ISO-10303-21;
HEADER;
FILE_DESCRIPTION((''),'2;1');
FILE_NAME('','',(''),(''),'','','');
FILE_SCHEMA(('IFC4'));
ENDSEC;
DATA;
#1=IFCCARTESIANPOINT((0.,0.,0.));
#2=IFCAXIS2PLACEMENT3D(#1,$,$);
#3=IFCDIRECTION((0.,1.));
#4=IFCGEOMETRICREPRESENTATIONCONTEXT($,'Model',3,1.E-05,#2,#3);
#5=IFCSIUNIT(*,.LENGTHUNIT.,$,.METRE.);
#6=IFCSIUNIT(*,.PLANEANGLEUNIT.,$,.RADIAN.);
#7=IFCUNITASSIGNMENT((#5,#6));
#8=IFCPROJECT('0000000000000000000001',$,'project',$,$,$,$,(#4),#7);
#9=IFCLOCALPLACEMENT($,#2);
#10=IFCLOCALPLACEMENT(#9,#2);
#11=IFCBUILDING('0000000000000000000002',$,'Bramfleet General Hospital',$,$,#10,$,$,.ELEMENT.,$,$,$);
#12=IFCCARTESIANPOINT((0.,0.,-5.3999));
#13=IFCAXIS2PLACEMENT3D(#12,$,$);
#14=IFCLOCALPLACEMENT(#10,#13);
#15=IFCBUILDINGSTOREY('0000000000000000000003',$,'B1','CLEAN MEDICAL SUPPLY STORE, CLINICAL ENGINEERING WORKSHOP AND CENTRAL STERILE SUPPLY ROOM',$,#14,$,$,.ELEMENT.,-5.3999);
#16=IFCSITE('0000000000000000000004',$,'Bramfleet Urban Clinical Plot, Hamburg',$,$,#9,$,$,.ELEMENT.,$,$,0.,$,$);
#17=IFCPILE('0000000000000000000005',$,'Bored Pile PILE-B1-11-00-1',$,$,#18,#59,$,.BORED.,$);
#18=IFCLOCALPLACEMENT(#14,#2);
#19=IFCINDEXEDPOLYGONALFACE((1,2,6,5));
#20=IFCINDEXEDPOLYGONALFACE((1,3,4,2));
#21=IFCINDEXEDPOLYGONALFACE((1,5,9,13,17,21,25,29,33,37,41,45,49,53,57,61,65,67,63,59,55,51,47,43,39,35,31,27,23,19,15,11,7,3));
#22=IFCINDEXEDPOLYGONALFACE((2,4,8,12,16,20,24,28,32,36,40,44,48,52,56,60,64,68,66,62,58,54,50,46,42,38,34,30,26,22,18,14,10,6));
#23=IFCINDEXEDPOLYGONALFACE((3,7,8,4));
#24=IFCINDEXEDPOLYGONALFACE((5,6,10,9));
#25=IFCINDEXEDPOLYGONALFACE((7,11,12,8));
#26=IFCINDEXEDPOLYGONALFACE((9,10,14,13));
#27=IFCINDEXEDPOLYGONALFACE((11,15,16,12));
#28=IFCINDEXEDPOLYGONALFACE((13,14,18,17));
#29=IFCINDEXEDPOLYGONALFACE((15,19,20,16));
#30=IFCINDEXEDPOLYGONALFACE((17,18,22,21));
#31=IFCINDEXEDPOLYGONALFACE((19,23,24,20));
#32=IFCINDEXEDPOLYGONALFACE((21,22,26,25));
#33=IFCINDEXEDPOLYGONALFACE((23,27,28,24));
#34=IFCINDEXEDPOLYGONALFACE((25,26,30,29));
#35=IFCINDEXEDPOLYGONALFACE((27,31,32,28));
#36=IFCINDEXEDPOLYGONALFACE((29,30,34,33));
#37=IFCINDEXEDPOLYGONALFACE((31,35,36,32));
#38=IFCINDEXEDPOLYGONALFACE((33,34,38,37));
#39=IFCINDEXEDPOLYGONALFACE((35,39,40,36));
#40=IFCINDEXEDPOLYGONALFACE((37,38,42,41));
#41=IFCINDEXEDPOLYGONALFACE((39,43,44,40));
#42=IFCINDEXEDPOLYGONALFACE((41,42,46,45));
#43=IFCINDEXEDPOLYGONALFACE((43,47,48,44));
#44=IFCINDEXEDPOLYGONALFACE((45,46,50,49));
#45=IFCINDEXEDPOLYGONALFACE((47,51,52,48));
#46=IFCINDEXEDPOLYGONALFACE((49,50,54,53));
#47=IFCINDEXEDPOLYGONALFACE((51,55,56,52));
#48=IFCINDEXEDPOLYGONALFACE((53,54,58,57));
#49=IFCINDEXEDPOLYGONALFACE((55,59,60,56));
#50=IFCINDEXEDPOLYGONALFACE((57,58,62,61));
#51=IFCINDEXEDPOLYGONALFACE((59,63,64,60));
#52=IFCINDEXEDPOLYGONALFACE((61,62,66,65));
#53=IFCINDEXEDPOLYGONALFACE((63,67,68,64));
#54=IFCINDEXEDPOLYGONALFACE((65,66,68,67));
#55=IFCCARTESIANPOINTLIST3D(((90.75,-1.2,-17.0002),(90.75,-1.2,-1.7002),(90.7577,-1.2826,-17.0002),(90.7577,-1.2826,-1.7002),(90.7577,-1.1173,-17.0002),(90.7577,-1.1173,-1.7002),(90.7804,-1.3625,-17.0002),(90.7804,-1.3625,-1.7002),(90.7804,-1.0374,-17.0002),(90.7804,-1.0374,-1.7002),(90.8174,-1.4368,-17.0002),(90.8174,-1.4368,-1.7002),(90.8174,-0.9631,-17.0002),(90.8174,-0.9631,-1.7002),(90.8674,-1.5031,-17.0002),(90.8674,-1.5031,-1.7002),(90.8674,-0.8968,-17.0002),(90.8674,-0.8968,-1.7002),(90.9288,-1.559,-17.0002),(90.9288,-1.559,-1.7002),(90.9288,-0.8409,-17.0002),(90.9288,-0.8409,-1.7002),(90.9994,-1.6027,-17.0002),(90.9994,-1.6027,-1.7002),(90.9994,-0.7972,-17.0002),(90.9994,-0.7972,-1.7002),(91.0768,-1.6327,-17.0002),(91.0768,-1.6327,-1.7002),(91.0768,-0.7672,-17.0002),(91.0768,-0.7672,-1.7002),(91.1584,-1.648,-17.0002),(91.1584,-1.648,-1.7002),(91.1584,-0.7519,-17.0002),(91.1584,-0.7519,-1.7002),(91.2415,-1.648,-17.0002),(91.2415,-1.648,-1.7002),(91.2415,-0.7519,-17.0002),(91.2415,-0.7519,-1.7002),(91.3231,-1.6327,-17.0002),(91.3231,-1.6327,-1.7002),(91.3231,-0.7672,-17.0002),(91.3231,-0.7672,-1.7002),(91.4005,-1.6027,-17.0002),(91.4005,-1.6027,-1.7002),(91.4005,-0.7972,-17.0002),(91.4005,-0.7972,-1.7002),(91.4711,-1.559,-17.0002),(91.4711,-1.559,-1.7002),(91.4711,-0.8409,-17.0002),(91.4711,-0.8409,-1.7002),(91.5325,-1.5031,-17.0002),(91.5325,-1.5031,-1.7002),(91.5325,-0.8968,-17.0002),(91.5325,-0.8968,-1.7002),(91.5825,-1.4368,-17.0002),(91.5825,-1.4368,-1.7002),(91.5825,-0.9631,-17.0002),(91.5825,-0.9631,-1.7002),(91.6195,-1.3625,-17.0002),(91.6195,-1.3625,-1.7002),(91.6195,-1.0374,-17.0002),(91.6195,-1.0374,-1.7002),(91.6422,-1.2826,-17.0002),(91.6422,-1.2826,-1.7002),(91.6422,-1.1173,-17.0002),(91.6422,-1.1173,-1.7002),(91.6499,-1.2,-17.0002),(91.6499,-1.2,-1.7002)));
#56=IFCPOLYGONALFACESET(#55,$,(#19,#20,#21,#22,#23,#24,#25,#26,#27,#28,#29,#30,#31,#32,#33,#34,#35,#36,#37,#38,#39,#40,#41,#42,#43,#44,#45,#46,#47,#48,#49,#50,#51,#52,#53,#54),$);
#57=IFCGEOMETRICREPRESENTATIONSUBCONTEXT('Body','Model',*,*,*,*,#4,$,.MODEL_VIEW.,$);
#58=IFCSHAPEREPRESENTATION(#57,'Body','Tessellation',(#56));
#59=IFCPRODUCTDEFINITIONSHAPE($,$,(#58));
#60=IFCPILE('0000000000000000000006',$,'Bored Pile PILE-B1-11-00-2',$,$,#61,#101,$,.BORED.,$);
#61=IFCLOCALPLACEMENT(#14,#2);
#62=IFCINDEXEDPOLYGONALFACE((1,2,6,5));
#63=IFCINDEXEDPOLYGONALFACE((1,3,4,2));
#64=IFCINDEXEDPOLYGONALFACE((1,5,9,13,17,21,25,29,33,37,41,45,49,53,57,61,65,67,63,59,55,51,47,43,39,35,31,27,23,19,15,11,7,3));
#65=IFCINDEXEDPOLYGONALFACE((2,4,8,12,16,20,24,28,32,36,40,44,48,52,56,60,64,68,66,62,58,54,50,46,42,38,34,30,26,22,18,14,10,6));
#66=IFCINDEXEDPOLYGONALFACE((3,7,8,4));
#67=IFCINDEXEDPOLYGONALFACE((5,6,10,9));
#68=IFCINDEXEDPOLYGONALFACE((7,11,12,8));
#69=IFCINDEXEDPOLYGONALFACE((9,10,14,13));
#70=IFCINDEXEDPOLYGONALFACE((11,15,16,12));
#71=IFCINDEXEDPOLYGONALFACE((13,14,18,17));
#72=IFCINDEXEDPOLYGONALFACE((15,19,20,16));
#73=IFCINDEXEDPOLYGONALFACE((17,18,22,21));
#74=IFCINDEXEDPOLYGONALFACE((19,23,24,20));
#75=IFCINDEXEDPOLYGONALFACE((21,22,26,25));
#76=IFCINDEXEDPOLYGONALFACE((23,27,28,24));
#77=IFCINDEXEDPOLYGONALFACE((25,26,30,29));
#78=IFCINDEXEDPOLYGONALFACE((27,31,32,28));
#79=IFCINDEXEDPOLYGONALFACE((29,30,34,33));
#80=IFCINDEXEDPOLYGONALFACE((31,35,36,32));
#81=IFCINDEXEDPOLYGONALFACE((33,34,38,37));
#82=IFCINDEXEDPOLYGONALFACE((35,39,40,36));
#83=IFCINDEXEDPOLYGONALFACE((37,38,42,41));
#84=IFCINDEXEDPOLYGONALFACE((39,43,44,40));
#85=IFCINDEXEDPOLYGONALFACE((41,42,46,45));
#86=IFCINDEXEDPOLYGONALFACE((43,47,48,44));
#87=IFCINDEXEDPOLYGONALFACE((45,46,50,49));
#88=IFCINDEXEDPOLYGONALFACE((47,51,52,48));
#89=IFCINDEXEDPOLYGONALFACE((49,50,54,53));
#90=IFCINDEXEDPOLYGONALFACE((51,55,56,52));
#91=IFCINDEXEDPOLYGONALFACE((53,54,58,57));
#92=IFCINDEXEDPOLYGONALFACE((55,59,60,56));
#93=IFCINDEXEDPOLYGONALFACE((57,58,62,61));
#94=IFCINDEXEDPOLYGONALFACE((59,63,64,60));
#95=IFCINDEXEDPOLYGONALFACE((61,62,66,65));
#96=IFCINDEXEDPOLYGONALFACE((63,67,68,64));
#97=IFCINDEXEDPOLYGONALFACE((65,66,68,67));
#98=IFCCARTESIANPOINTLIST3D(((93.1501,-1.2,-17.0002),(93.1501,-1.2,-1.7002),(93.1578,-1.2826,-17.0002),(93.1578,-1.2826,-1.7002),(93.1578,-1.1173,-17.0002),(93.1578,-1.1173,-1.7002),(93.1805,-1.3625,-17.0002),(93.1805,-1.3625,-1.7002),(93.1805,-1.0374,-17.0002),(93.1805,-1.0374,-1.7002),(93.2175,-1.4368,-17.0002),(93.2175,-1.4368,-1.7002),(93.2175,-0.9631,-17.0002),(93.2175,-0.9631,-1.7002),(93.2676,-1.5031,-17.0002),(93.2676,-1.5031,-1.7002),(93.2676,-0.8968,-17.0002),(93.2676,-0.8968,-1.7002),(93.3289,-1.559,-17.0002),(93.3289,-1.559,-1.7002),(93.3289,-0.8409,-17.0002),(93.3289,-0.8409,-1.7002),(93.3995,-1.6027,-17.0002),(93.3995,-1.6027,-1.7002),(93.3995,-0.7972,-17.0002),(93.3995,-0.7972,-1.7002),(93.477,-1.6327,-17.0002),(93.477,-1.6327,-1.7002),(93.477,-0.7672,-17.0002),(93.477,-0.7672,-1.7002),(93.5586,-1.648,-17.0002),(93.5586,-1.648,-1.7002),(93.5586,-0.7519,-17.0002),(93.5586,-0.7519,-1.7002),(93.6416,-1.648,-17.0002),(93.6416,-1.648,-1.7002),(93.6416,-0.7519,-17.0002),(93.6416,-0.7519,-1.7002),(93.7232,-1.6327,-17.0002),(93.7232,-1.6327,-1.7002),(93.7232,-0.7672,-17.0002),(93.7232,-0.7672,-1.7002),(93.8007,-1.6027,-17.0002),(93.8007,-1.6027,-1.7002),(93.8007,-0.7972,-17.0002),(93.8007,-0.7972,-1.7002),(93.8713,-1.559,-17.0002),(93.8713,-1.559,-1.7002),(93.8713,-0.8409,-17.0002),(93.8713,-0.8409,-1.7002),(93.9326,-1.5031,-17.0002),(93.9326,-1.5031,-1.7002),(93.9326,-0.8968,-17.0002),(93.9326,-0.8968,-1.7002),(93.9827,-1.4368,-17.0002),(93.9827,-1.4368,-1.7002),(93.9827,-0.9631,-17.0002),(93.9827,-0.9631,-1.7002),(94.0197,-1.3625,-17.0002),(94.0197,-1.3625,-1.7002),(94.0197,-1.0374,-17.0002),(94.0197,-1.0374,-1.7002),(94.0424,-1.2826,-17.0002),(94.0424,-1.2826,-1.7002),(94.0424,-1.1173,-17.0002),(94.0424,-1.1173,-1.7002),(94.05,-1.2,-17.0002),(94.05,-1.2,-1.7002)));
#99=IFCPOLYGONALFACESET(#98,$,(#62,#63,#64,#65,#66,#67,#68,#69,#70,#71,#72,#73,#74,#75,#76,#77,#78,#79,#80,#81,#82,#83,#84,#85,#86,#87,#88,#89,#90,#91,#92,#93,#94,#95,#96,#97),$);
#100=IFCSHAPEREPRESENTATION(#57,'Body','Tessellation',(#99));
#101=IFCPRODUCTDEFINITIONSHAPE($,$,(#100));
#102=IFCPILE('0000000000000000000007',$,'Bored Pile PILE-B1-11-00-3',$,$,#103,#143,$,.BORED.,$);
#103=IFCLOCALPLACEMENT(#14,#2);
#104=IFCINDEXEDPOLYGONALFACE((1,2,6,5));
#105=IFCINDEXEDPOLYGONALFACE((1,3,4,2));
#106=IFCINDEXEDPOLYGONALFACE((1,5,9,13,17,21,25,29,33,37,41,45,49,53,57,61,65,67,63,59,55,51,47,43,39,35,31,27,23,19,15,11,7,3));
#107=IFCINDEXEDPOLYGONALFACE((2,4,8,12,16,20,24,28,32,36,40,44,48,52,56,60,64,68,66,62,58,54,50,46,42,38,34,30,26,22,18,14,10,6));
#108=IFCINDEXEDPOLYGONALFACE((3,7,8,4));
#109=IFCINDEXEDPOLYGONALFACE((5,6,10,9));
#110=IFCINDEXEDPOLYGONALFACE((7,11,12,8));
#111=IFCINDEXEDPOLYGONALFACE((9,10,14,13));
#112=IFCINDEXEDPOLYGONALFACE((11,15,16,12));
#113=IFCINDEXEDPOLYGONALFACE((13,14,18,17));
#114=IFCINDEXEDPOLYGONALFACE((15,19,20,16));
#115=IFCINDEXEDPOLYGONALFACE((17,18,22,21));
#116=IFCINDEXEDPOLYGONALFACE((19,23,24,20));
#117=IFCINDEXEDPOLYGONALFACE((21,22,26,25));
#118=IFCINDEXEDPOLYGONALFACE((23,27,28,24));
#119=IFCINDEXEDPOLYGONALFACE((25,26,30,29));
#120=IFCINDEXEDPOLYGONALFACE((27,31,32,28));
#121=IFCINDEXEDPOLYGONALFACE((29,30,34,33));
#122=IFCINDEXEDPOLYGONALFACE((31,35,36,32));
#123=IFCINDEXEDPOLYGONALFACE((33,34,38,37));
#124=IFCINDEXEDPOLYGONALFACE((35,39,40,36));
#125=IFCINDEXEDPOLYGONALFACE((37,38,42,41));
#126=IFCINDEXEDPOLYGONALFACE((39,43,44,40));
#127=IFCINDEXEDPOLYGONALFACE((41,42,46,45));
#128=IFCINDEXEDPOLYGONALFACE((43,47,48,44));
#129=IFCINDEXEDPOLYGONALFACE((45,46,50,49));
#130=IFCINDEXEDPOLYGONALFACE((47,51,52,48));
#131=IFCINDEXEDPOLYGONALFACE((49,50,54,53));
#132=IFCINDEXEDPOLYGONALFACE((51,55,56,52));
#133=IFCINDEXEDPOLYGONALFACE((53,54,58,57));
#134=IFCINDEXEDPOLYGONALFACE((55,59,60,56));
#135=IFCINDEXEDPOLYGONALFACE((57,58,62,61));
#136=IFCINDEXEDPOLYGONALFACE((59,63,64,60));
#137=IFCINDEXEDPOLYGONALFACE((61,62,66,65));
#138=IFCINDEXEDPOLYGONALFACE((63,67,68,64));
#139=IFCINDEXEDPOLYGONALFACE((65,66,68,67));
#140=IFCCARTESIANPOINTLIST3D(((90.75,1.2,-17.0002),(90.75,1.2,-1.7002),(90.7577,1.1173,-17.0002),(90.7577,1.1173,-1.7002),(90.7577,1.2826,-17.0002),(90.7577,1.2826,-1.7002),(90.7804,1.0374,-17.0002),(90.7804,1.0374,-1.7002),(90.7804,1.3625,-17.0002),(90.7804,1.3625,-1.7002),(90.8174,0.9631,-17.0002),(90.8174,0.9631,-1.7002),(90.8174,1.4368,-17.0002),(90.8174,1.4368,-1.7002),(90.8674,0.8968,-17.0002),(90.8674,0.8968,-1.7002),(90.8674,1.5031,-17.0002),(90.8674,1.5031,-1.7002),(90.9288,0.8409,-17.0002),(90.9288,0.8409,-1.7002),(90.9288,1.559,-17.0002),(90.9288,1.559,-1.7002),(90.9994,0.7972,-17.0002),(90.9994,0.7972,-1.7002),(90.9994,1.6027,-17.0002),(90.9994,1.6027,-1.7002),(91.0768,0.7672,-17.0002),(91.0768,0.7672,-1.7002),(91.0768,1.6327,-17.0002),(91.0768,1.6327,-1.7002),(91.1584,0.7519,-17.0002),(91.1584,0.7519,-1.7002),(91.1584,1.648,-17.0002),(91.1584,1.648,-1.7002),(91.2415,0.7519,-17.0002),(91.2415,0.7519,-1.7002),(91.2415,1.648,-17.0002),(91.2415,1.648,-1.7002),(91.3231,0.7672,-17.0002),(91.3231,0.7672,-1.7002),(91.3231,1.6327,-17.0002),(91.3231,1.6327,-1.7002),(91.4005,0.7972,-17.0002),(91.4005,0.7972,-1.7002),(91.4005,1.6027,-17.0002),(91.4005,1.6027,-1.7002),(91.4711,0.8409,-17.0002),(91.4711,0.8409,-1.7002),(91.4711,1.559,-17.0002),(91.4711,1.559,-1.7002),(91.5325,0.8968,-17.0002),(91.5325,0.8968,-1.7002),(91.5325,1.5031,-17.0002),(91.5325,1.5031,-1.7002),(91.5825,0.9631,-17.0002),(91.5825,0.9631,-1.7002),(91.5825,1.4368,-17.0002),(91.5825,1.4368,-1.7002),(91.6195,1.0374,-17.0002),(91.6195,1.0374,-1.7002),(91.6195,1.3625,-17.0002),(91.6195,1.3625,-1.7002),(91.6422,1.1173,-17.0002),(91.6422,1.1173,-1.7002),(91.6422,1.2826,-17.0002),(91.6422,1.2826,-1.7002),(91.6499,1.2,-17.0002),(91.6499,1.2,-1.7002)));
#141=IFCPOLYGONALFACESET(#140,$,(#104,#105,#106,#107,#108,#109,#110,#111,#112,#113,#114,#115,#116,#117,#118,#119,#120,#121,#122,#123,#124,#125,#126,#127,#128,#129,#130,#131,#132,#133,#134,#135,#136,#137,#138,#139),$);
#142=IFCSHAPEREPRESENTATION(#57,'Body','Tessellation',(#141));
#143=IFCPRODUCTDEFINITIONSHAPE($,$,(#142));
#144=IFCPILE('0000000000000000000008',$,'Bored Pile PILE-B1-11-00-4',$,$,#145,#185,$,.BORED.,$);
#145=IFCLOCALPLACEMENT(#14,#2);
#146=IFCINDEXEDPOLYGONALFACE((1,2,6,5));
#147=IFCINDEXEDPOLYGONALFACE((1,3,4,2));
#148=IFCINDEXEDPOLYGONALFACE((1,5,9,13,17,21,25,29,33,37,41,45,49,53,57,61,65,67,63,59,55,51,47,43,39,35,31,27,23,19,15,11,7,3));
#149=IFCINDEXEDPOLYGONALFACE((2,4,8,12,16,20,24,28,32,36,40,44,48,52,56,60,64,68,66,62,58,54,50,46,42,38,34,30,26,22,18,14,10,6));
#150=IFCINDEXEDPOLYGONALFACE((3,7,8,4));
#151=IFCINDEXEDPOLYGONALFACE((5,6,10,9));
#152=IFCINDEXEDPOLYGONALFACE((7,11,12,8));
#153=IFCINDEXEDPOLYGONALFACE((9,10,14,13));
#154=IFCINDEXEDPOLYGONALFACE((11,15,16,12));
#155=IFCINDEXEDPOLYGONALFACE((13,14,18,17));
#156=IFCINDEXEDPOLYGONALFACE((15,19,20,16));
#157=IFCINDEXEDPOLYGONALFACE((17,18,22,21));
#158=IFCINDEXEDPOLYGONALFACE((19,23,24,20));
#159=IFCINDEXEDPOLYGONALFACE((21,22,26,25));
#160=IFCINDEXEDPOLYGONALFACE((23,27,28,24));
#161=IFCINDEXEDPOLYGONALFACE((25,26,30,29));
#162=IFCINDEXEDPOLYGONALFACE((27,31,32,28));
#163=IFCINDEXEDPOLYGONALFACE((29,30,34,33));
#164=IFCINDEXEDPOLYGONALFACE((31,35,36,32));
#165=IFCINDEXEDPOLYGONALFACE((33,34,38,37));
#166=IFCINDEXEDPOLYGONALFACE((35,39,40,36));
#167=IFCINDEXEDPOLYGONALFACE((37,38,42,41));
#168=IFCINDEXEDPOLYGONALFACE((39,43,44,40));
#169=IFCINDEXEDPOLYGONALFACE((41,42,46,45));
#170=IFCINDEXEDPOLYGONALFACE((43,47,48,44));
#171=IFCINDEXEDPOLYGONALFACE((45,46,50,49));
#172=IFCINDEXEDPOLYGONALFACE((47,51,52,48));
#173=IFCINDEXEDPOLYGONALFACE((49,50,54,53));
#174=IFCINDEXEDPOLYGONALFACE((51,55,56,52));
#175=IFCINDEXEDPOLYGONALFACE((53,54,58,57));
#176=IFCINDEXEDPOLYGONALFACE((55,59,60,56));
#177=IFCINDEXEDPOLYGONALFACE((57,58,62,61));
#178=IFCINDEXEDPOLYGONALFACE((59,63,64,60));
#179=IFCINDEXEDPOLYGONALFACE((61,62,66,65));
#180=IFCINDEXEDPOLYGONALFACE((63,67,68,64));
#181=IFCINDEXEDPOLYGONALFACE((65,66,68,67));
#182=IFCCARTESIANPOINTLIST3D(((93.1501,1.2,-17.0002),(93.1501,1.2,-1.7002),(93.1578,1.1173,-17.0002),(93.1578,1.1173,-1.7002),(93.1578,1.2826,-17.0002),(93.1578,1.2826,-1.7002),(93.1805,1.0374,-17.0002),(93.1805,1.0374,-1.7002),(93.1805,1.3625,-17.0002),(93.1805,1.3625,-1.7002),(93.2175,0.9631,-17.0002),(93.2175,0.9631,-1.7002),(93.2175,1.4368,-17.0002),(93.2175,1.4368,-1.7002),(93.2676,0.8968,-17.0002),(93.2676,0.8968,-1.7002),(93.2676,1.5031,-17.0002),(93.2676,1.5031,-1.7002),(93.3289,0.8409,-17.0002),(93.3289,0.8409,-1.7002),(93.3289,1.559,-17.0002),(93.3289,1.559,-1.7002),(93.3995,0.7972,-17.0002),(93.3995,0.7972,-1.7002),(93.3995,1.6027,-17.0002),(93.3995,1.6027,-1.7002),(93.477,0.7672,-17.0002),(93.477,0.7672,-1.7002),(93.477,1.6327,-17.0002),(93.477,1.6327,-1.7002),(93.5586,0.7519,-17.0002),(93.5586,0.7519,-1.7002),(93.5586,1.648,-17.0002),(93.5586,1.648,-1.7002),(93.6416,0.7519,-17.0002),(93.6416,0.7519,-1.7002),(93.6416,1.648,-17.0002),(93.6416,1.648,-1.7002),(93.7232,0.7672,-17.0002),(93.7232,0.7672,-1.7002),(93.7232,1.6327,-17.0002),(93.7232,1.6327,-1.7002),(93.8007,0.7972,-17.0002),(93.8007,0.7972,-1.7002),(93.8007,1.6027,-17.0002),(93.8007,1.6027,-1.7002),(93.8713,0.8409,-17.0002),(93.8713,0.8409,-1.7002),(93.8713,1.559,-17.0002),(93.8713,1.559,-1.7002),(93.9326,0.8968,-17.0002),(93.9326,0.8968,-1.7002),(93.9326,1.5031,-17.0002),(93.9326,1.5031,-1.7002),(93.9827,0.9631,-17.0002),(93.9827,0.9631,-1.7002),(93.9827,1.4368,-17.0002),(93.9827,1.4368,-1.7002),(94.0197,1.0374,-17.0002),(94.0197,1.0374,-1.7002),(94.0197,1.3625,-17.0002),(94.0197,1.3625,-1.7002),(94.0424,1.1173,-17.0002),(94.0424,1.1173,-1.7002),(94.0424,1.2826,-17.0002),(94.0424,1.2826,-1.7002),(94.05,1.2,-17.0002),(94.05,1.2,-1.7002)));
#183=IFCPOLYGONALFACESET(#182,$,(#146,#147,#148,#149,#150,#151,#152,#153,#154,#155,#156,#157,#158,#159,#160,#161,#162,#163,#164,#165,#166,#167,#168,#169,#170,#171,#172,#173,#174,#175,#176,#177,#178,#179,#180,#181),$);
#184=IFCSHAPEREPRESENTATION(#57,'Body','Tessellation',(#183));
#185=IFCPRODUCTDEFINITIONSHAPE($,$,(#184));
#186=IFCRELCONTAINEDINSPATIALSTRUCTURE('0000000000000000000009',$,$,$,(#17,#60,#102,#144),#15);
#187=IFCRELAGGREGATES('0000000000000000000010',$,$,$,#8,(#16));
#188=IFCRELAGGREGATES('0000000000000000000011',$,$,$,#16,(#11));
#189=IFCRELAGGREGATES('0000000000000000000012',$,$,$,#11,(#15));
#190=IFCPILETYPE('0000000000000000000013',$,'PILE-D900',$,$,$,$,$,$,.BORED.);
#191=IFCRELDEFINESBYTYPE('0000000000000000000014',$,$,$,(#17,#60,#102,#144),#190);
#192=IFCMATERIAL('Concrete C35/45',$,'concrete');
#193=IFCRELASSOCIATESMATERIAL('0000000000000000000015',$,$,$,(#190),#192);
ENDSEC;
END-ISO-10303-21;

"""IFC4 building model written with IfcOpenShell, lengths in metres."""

from ifc_helpers import new_model, si_unit, direction, frame, origin, origin_2d, place, context, subcontext, project, spatial, circle, extrude, material, material_profile, profile_set, type_object, element, save


model = new_model("IFC4")

# Units and contexts
model_context = context("Model", 3, precision=1e-05, world=origin(), true_north=direction((0.0, 1.0)))
body_context = subcontext(model_context, "Body", "Model", "MODEL_VIEW")
ifc_project = project(units=[si_unit("LENGTHUNIT", "METRE"), si_unit("PLANEANGLEUNIT", "RADIAN")], contexts=[model_context])

# Site, building, storey
site_placement = place(None, origin())
site = spatial("IfcSite", under=ifc_project, at=site_placement, Name="Bramfleet Urban Clinical Plot, Hamburg", CompositionType="ELEMENT", RefElevation=0.0)
building_placement = place(site_placement, origin())
building = spatial("IfcBuilding", under=site, at=building_placement, Name="Bramfleet General Hospital", CompositionType="ELEMENT")
storey_placement = place(building_placement, frame((0.0, 0.0, -5.3999)))
storey = spatial("IfcBuildingStorey", under=building, at=storey_placement, Name="B1", Description="CLEAN MEDICAL SUPPLY STORE, CLINICAL ENGINEERING WORKSHOP AND CENTRAL STERILE SUPPLY ROOM", CompositionType="ELEMENT", Elevation=-5.3999)

# Shared definitions
ifc_material_1 = material(Name="Concrete C35/45", Category="concrete")

# Piles
ifc_material_profile_1 = material_profile(ifc_material_1, circle(Radius=0.45, at=origin_2d()), Name="PILE BORED D900")
ifc_profile_set_1 = profile_set([ifc_material_profile_1], Name="Concrete C35/45")
pile_type_1 = type_object("IfcPileType", Name="PILE-D900", PredefinedType="BORED", material=ifc_profile_set_1)
for number, where, z_axis, x_axis, name in (
    (1, (91.2, -1.2, -1.7002), (0.0, 0.0, -1.0), (1.0, 0.0, 0.0), "Bored Pile PILE-B1-11-00-1"),
    (2, (93.6001, -1.2, -1.7002), (0.0, 0.0, -1.0), (1.0, 0.0, 0.0), "Bored Pile PILE-B1-11-00-2"),
    (3, (91.2, 1.2, -1.7002), (0.0, 0.0, -1.0), (1.0, 0.0, 0.0), "Bored Pile PILE-B1-11-00-3"),
    (4, (93.6001, 1.2, -1.7002), (0.0, 0.0, -1.0), (1.0, 0.0, 0.0), "Bored Pile PILE-B1-11-00-4"),
):
    element("IfcPile", number, at=place(storey_placement, frame(where, z_axis=z_axis, x_axis=x_axis)), inside=storey, type_object=pile_type_1, Name=name, PredefinedType="BORED", context=body_context, shape_type="SweptSolid", body=[
        extrude(circle(Radius=0.45, at=origin_2d()), origin(), (0.0, 0.0, 1.0), 15.3),
    ])

save(model, "model.ifc")
